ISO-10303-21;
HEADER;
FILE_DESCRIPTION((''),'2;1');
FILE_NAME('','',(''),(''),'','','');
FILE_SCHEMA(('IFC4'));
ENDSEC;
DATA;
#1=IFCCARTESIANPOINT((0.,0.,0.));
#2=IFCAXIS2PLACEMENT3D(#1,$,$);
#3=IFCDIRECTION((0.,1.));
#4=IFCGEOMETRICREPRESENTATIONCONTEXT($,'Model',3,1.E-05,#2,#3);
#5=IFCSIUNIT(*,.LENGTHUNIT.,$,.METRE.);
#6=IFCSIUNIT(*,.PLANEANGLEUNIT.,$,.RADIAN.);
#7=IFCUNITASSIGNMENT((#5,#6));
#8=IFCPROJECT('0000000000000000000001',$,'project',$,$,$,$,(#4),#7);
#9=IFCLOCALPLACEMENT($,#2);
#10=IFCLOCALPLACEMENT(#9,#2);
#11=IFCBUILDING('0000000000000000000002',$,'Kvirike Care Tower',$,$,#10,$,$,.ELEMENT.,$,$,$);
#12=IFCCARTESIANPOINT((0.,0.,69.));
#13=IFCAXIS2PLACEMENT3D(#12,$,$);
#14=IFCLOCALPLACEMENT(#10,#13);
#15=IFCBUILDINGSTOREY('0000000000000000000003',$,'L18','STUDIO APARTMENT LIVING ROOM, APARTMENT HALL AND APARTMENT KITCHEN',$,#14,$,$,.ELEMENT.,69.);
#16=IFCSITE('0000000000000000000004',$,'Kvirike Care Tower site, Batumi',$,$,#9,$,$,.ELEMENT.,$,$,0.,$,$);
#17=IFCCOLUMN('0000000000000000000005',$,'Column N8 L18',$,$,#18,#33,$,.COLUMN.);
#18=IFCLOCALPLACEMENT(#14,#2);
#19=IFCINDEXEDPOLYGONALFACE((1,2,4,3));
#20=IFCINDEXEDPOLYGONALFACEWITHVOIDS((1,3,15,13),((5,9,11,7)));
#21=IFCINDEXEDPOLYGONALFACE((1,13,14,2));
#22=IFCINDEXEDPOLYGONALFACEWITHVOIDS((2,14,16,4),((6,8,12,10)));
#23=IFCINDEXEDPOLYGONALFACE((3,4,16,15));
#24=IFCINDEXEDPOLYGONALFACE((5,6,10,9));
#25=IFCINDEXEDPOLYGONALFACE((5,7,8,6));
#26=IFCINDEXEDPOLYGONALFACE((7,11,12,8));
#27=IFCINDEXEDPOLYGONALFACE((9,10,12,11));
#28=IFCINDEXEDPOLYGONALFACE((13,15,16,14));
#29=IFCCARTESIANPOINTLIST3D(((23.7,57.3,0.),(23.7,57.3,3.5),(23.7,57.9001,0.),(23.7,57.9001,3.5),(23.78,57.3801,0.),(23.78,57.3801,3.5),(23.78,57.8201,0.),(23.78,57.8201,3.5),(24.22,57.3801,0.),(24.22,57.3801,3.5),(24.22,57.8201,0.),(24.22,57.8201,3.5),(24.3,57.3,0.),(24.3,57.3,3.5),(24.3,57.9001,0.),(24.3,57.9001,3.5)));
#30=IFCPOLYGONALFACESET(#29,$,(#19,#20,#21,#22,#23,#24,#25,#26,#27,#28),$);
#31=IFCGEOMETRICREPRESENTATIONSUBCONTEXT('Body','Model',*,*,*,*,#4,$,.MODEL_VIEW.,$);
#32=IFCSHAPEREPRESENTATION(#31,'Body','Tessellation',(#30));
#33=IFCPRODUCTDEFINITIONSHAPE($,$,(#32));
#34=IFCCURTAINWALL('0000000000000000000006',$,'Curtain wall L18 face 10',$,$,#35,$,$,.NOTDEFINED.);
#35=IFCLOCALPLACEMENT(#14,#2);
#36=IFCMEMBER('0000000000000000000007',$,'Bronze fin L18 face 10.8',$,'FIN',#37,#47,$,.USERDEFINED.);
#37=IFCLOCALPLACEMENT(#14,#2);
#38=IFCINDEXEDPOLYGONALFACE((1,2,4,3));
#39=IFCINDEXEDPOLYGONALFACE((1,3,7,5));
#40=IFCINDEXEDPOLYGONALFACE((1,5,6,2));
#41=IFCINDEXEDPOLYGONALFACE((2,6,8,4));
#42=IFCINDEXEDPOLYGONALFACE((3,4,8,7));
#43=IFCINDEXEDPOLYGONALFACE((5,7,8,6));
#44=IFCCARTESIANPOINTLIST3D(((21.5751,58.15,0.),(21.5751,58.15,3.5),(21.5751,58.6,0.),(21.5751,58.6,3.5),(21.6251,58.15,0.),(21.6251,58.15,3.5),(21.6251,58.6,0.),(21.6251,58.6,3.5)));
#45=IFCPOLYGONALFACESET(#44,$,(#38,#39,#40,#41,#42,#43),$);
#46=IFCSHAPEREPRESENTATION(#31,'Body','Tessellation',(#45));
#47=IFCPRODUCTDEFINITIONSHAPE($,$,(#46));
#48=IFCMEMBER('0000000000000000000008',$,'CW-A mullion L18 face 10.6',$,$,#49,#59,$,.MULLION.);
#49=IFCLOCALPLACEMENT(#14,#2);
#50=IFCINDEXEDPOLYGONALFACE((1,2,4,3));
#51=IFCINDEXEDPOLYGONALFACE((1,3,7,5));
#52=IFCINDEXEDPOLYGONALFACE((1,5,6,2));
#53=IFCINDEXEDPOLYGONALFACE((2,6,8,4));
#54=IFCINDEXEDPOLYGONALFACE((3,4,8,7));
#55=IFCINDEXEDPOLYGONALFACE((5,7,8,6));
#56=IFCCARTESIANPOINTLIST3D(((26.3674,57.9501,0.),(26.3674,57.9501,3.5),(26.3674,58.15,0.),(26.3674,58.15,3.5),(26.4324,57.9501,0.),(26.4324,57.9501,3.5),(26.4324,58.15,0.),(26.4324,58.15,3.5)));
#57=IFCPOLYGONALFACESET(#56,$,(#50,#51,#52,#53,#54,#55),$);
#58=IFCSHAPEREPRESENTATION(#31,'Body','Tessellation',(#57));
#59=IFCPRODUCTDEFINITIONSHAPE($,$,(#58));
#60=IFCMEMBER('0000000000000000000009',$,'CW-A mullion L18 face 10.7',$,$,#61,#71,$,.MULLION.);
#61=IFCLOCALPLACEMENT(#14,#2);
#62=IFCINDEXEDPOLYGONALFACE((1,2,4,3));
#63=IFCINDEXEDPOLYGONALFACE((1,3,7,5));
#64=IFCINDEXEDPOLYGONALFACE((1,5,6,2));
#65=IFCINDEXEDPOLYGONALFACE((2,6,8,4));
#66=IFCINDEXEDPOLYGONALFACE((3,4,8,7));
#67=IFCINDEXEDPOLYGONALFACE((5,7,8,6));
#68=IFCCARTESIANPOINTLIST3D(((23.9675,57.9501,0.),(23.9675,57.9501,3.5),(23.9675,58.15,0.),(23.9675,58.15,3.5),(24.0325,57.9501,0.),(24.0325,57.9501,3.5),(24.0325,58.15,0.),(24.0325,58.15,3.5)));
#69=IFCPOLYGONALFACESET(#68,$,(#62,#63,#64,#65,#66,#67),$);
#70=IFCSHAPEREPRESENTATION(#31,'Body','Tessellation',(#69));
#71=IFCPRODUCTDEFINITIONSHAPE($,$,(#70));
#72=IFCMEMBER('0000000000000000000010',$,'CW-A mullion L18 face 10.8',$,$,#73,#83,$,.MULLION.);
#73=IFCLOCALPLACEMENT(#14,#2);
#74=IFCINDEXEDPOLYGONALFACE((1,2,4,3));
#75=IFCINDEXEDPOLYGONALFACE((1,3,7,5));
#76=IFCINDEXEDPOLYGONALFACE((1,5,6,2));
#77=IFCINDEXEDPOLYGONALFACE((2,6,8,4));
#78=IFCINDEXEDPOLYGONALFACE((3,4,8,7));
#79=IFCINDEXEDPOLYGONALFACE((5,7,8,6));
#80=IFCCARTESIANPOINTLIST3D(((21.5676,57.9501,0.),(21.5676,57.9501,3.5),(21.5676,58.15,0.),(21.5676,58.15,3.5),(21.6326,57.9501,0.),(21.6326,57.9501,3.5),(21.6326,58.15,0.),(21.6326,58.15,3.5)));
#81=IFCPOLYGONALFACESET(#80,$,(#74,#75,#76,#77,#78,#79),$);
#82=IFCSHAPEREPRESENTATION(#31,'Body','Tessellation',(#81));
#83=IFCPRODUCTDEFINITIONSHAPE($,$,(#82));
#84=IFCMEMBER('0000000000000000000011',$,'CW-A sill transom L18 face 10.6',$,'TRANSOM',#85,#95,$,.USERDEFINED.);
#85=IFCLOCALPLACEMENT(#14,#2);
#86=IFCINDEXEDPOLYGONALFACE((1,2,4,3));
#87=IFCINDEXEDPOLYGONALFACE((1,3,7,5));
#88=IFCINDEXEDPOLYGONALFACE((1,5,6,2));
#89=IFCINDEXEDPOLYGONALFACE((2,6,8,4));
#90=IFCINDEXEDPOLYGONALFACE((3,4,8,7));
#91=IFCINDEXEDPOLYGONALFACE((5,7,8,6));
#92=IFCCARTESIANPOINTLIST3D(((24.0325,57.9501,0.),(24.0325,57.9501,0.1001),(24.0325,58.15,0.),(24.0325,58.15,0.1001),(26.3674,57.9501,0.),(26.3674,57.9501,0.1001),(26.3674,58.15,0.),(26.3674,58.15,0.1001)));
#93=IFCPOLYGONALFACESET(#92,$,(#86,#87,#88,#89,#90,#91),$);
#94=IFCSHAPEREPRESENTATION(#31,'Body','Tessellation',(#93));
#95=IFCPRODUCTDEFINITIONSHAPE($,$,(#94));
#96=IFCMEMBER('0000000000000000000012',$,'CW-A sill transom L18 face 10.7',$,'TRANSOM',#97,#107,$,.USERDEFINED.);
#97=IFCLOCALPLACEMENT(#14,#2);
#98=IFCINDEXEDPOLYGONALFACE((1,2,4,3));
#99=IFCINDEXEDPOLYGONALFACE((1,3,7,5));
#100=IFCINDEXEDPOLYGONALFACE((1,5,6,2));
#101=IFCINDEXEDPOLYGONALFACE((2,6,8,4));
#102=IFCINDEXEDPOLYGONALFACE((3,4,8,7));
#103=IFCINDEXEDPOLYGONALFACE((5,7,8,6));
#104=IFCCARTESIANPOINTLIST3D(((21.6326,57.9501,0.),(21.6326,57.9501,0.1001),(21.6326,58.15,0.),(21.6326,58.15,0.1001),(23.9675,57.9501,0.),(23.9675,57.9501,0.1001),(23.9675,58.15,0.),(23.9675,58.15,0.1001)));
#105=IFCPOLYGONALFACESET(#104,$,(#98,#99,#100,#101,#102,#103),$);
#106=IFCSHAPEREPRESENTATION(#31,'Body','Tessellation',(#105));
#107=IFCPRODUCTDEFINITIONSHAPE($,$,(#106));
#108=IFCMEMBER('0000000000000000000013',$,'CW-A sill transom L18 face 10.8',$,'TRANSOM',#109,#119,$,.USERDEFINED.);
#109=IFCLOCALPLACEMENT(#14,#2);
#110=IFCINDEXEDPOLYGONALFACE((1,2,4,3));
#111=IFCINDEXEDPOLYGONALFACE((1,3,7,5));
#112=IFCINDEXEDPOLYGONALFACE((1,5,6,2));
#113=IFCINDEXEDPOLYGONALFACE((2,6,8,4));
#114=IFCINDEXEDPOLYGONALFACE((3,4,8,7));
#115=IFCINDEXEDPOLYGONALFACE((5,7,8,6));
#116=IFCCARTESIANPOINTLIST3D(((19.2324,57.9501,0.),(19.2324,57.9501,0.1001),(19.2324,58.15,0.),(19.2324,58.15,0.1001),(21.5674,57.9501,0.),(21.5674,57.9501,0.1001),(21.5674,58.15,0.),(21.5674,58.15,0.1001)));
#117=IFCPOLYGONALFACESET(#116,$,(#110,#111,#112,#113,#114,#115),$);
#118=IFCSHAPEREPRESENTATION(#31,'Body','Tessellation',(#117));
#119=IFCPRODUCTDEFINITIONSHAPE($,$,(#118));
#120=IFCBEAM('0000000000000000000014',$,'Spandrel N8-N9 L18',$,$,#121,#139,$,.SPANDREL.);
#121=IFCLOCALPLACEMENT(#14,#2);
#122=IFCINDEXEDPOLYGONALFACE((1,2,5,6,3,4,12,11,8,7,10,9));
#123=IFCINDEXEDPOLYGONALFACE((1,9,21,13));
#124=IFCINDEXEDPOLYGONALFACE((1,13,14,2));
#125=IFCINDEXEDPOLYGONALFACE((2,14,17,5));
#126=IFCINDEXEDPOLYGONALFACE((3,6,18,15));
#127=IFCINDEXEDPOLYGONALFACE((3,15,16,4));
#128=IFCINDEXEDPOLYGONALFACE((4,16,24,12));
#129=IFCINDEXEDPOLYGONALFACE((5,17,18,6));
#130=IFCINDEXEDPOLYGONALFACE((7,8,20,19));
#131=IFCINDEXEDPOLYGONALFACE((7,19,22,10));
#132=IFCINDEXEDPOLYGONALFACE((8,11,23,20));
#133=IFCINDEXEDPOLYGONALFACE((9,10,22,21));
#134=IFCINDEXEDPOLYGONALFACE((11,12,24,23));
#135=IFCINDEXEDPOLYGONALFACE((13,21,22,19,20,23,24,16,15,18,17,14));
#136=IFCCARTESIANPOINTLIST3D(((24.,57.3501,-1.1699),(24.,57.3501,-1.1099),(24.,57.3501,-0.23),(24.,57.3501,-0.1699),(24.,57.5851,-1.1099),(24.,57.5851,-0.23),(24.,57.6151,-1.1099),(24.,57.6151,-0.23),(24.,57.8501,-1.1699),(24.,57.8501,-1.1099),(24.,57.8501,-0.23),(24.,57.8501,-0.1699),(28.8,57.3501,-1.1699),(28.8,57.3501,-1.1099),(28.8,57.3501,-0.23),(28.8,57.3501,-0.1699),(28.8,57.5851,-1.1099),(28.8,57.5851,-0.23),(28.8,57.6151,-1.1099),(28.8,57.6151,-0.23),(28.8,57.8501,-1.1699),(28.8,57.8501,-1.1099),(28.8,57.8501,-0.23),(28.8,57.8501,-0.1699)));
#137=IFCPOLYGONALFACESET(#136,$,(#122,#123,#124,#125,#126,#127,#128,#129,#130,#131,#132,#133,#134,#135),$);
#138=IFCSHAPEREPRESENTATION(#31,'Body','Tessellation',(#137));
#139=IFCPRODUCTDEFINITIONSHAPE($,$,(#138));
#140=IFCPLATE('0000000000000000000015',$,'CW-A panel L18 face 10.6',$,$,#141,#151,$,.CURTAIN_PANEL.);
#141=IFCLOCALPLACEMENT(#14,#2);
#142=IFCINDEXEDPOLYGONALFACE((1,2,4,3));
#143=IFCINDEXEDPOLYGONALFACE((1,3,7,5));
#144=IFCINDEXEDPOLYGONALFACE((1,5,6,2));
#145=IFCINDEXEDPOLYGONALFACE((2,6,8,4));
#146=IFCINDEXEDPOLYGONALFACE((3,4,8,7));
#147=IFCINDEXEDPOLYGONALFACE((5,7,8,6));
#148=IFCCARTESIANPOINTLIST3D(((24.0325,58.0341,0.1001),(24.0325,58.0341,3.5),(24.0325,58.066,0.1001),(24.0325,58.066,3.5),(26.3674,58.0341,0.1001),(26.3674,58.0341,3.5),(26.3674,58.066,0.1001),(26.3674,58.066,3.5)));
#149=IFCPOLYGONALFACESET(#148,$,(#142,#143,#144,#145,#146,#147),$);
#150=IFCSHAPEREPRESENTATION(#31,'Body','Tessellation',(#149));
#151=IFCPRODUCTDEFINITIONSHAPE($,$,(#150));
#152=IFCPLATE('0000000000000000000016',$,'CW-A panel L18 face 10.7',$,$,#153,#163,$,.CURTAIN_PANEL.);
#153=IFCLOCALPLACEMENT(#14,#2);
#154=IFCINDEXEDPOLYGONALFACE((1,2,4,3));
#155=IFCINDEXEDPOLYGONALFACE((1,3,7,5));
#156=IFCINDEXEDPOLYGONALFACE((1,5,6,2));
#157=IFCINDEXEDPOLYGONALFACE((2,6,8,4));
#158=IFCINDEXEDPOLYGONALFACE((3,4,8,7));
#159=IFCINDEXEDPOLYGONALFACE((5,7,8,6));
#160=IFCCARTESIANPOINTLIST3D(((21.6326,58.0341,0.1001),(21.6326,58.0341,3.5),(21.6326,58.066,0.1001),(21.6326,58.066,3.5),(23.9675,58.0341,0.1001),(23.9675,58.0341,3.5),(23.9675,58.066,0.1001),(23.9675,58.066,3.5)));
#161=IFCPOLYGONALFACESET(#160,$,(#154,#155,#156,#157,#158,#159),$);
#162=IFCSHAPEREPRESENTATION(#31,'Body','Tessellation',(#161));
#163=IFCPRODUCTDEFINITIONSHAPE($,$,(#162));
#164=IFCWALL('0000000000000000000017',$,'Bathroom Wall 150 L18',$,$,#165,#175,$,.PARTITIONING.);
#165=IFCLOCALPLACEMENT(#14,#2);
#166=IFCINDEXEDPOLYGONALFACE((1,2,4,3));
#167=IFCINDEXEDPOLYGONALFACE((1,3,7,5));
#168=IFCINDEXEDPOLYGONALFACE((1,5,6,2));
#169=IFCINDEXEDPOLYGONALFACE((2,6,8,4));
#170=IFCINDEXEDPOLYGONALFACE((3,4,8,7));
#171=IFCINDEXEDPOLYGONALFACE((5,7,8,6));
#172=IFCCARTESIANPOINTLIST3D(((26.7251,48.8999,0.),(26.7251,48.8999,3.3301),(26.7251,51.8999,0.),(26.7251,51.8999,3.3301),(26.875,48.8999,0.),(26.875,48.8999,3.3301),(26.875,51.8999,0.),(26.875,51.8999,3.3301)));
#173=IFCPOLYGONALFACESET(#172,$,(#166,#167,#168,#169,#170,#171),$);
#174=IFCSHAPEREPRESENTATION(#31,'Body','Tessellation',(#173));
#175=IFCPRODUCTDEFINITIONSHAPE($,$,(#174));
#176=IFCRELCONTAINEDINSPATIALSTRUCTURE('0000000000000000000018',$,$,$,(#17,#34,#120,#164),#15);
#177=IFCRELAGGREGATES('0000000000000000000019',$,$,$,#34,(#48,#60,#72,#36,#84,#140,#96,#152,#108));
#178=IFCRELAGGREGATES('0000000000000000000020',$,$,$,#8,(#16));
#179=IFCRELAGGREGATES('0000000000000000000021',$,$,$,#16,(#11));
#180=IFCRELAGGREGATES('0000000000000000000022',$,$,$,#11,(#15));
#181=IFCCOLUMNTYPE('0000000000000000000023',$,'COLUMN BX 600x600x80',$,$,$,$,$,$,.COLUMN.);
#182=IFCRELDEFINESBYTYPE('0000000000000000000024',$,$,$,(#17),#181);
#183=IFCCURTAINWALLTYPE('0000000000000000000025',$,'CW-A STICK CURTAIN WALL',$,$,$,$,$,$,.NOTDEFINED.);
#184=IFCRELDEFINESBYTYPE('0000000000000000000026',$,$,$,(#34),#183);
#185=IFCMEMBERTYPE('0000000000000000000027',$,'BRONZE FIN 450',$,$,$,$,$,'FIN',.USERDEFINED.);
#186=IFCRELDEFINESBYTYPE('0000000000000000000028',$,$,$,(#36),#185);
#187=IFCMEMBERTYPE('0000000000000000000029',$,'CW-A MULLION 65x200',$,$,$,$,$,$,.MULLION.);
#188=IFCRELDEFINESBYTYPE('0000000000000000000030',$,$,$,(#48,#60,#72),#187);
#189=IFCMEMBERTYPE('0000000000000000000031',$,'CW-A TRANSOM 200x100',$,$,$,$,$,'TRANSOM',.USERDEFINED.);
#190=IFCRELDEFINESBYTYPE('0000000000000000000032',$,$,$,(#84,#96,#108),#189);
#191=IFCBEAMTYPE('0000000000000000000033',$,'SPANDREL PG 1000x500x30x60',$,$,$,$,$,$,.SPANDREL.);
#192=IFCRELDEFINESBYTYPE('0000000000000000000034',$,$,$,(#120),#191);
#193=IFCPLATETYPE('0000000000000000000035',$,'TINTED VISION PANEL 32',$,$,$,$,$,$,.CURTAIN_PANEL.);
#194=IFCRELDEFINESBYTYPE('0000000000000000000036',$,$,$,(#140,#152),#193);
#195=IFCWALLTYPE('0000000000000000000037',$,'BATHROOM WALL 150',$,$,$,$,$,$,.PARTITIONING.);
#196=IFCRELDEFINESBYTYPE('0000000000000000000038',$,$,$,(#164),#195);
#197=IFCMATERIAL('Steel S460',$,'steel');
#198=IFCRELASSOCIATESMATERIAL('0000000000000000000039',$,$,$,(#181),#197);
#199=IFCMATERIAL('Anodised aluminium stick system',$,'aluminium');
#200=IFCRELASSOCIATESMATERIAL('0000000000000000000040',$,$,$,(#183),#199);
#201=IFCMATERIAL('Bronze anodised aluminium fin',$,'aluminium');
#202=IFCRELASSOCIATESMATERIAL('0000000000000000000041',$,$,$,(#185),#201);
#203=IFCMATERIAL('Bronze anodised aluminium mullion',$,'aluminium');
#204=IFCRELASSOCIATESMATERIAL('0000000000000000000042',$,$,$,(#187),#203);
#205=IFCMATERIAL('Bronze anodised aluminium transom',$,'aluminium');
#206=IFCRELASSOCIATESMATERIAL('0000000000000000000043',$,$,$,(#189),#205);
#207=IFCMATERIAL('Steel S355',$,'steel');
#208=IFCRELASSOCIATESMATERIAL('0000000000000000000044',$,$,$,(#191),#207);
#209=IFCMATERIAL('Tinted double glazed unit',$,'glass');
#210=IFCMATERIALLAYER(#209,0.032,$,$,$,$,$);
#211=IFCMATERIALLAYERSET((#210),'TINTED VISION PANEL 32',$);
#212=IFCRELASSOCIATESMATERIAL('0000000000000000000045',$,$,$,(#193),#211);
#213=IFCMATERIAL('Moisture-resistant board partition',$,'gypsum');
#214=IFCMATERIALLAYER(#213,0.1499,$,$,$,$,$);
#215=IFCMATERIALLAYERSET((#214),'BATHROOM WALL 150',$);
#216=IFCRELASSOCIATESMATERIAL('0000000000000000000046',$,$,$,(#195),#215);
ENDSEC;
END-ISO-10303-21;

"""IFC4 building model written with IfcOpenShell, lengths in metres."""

from ifc_helpers import new_model, si_unit, direction, frame, frame_2d, origin, origin_2d, place, context, subcontext, project, spatial, rectangle, hollow_rectangle, i_section, extrude, material, layer, layer_set, material_profile, profile_set, type_object, element, aggregate, save


model = new_model("IFC4")

# Units and contexts
model_context = context("Model", 3, precision=1e-05, world=origin(), true_north=direction((0.0, 1.0)))
body_context = subcontext(model_context, "Body", "Model", "MODEL_VIEW")
ifc_project = project(units=[si_unit("LENGTHUNIT", "METRE"), si_unit("PLANEANGLEUNIT", "RADIAN")], contexts=[model_context])

# Site, building, storey
site_placement = place(None, origin())
site = spatial("IfcSite", under=ifc_project, at=site_placement, Name="Kvirike Care Tower site, Batumi", CompositionType="ELEMENT", RefElevation=0.0)
building_placement = place(site_placement, origin())
building = spatial("IfcBuilding", under=site, at=building_placement, Name="Kvirike Care Tower", CompositionType="ELEMENT")
storey_placement = place(building_placement, frame((0.0, 0.0, 69.0)))
storey = spatial("IfcBuildingStorey", under=building, at=storey_placement, Name="L18", Description="STUDIO APARTMENT LIVING ROOM, APARTMENT HALL AND APARTMENT KITCHEN", CompositionType="ELEMENT", Elevation=69.0)

# Column
ifc_material_1 = material(Name="Steel S460", Category="steel")
ifc_material_profile_1 = material_profile(ifc_material_1, hollow_rectangle(XDim=0.6001, YDim=0.6001, WallThickness=0.0801, at=origin_2d()), Name="BX 600x600x80")
ifc_profile_set_1 = profile_set([ifc_material_profile_1], Name="Steel S460")
column_type = type_object("IfcColumnType", Name="COLUMN BX 600x600x80", PredefinedType="COLUMN", material=ifc_profile_set_1)
column_placement = place(storey_placement, frame((24.0, 57.6001, 0.0), z_axis=(0.0, 0.0, 1.0), x_axis=(0.0, 1.0, 0.0)))
element("IfcColumn", 1, at=column_placement, inside=storey, type_object=column_type, Name="Column N8 L18", PredefinedType="COLUMN", context=body_context, shape_type="SweptSolid", body=[
    extrude(hollow_rectangle(XDim=0.6001, YDim=0.6001, WallThickness=0.0801, at=origin_2d()), origin(), (0.0, 0.0, 1.0), 3.5),
])

# Curtain wall, members
ifc_material_2 = material(Name="Anodised aluminium stick system", Category="aluminium")
curtain_wall_type = type_object("IfcCurtainWallType", Name="CW-A STICK CURTAIN WALL", PredefinedType="NOTDEFINED", material=ifc_material_2)
curtain_wall_placement = place(storey_placement, origin())
curtain_wall = element("IfcCurtainWall", 2, at=curtain_wall_placement, inside=storey, type_object=curtain_wall_type, Name="Curtain wall L18 face 10", PredefinedType="NOTDEFINED")
ifc_material_3 = material(Name="Bronze anodised aluminium fin", Category="aluminium")
ifc_material_profile_2 = material_profile(ifc_material_3, rectangle(XDim=0.05, YDim=0.45, at=origin_2d()), Name="BRONZE FIN 450")
ifc_profile_set_2 = profile_set([ifc_material_profile_2], Name="Bronze anodised aluminium fin")
member_type_1 = type_object("IfcMemberType", Name="BRONZE FIN 450", ElementType="FIN", PredefinedType="USERDEFINED", material=ifc_profile_set_2)
member_1_placement = place(storey_placement, frame((21.6001, 58.375, 0.0), z_axis=(0.0, 0.0, 1.0), x_axis=(-1.0, 0.0, 0.0)))
member_1 = element("IfcMember", 3, at=member_1_placement, type_object=member_type_1, Name="Bronze fin L18 face 10.8", ObjectType="FIN", PredefinedType="USERDEFINED", context=body_context, shape_type="SweptSolid", body=[
    extrude(rectangle(XDim=0.05, YDim=0.45, at=origin_2d()), origin(), (0.0, 0.0, 1.0), 3.5),
])
ifc_material_4 = material(Name="Bronze anodised aluminium mullion", Category="aluminium")
ifc_material_profile_3 = material_profile(ifc_material_4, rectangle(XDim=0.0649, YDim=0.2, at=origin_2d()), Name="CW-A MULLION 65x200")
ifc_profile_set_3 = profile_set([ifc_material_profile_3], Name="Bronze anodised aluminium mullion")
member_type_2 = type_object("IfcMemberType", Name="CW-A MULLION 65x200", PredefinedType="MULLION", material=ifc_profile_set_3)
member_2_placement = place(storey_placement, frame((26.3999, 58.05, 0.0), z_axis=(0.0, 0.0, 1.0), x_axis=(-1.0, 0.0, 0.0)))
member_2 = element("IfcMember", 4, at=member_2_placement, type_object=member_type_2, Name="CW-A mullion L18 face 10.6", PredefinedType="MULLION", context=body_context, shape_type="SweptSolid", body=[
    extrude(rectangle(XDim=0.0649, YDim=0.2, at=origin_2d()), origin(), (0.0, 0.0, 1.0), 3.5),
])
member_3_placement = place(storey_placement, frame((24.0, 58.05, 0.0), z_axis=(0.0, 0.0, 1.0), x_axis=(-1.0, 0.0, 0.0)))
member_3 = element("IfcMember", 5, at=member_3_placement, type_object=member_type_2, Name="CW-A mullion L18 face 10.7", PredefinedType="MULLION", context=body_context, shape_type="SweptSolid", body=[
    extrude(rectangle(XDim=0.0649, YDim=0.2, at=origin_2d()), origin(), (0.0, 0.0, 1.0), 3.5),
])
member_4_placement = place(storey_placement, frame((21.6001, 58.05, 0.0), z_axis=(0.0, 0.0, 1.0), x_axis=(-1.0, 0.0, 0.0)))
member_4 = element("IfcMember", 6, at=member_4_placement, type_object=member_type_2, Name="CW-A mullion L18 face 10.8", PredefinedType="MULLION", context=body_context, shape_type="SweptSolid", body=[
    extrude(rectangle(XDim=0.0649, YDim=0.2, at=origin_2d()), origin(), (0.0, 0.0, 1.0), 3.5),
])
ifc_material_5 = material(Name="Bronze anodised aluminium transom", Category="aluminium")
ifc_material_profile_4 = material_profile(ifc_material_5, rectangle(XDim=0.2, YDim=0.1001, at=origin_2d()), Name="CW-A TRANSOM 200x100")
ifc_profile_set_4 = profile_set([ifc_material_profile_4], Name="Bronze anodised aluminium transom")
member_type_3 = type_object("IfcMemberType", Name="CW-A TRANSOM 200x100", ElementType="TRANSOM", PredefinedType="USERDEFINED", material=ifc_profile_set_4)
member_5_placement = place(storey_placement, frame((26.3674, 58.05, 0.05), z_axis=(-1.0, 0.0, 0.0), x_axis=(0.0, -1.0, 0.0)))
member_5 = element("IfcMember", 7, at=member_5_placement, type_object=member_type_3, Name="CW-A sill transom L18 face 10.6", ObjectType="TRANSOM", PredefinedType="USERDEFINED", context=body_context, shape_type="SweptSolid", body=[
    extrude(rectangle(XDim=0.2, YDim=0.1001, at=origin_2d()), origin(), (0.0, 0.0, 1.0), 2.335),
])
member_6_placement = place(storey_placement, frame((23.9675, 58.05, 0.05), z_axis=(-1.0, 0.0, 0.0), x_axis=(0.0, -1.0, 0.0)))
member_6 = element("IfcMember", 8, at=member_6_placement, type_object=member_type_3, Name="CW-A sill transom L18 face 10.7", ObjectType="TRANSOM", PredefinedType="USERDEFINED", context=body_context, shape_type="SweptSolid", body=[
    extrude(rectangle(XDim=0.2, YDim=0.1001, at=origin_2d()), origin(), (0.0, 0.0, 1.0), 2.335),
])
member_7_placement = place(storey_placement, frame((21.5674, 58.05, 0.05), z_axis=(-1.0, 0.0, 0.0), x_axis=(0.0, -1.0, 0.0)))
member_7 = element("IfcMember", 9, at=member_7_placement, type_object=member_type_3, Name="CW-A sill transom L18 face 10.8", ObjectType="TRANSOM", PredefinedType="USERDEFINED", context=body_context, shape_type="SweptSolid", body=[
    extrude(rectangle(XDim=0.2, YDim=0.1001, at=origin_2d()), origin(), (0.0, 0.0, 1.0), 2.335),
])

# Beam
ifc_material_6 = material(Name="Steel S355", Category="steel")
ifc_material_profile_5 = material_profile(ifc_material_6, i_section(OverallWidth=0.5, OverallDepth=1.0, WebThickness=0.03, FlangeThickness=0.0601, at=origin_2d()), Name="PG 1000x500x30x60")
ifc_profile_set_5 = profile_set([ifc_material_profile_5], Name="Steel S355")
beam_type = type_object("IfcBeamType", Name="SPANDREL PG 1000x500x30x60", PredefinedType="SPANDREL", material=ifc_profile_set_5)
beam_placement = place(storey_placement, frame((24.0, 57.6001, -0.6699), z_axis=(1.0, 0.0, 0.0), x_axis=(0.0, 1.0, 0.0)))
element("IfcBeam", 10, at=beam_placement, inside=storey, type_object=beam_type, Name="Spandrel N8-N9 L18", PredefinedType="SPANDREL", context=body_context, shape_type="SweptSolid", body=[
    extrude(i_section(OverallWidth=0.5, OverallDepth=1.0, WebThickness=0.03, FlangeThickness=0.0601, at=origin_2d()), origin(), (0.0, 0.0, 1.0), 4.8),
])

# Plates
ifc_material_7 = material(Name="Tinted double glazed unit", Category="glass")
ifc_layer_1 = layer(ifc_material_7, 0.032)
ifc_layer_set_1 = layer_set([ifc_layer_1], Name="TINTED VISION PANEL 32")
plate_type = type_object("IfcPlateType", Name="TINTED VISION PANEL 32", PredefinedType="CURTAIN_PANEL", material=ifc_layer_set_1)
plate_1_placement = place(storey_placement, frame((25.2, 58.05, 0.1001), z_axis=(0.0, 0.0, 1.0), x_axis=(-1.0, 0.0, 0.0)))
plate_1 = element("IfcPlate", 11, at=plate_1_placement, type_object=plate_type, Name="CW-A panel L18 face 10.6", PredefinedType="CURTAIN_PANEL", context=body_context, shape_type="SweptSolid", body=[
    extrude(rectangle(XDim=2.335, YDim=0.032, at=origin_2d()), origin(), (0.0, 0.0, 1.0), 3.3999),
])
plate_2_placement = place(storey_placement, frame((22.8, 58.05, 0.1001), z_axis=(0.0, 0.0, 1.0), x_axis=(-1.0, 0.0, 0.0)))
plate_2 = element("IfcPlate", 12, at=plate_2_placement, type_object=plate_type, Name="CW-A panel L18 face 10.7", PredefinedType="CURTAIN_PANEL", context=body_context, shape_type="SweptSolid", body=[
    extrude(rectangle(XDim=2.335, YDim=0.032, at=origin_2d()), origin(), (0.0, 0.0, 1.0), 3.3999),
])
aggregate(curtain_wall, [member_2, member_3, member_4, member_1, member_5, plate_1, member_6, plate_2, member_7])

# Wall
ifc_material_8 = material(Name="Moisture-resistant board partition", Category="gypsum")
ifc_layer_2 = layer(ifc_material_8, 0.1499)
ifc_layer_set_2 = layer_set([ifc_layer_2], Name="BATHROOM WALL 150")
wall_type_1 = type_object("IfcWallType", Name="BATHROOM WALL 150", PredefinedType="PARTITIONING", material=ifc_layer_set_2)
for number, where, z_axis, x_axis, name in (
    (13, (26.8, 51.8999, 0.0), (0.0, 0.0, 1.0), (0.0, -1.0, 0.0), "Bathroom Wall 150 L18"),
):
    element("IfcWall", number, at=place(storey_placement, frame(where, z_axis=z_axis, x_axis=x_axis)), inside=storey, type_object=wall_type_1, Name=name, PredefinedType="PARTITIONING", context=body_context, shape_type="SweptSolid", body=[
        extrude(rectangle(XDim=3.0, YDim=0.1499, at=frame_2d((1.5, 0.0))), origin(), (0.0, 0.0, 1.0), 3.3301),
    ])

save(model, "model.ifc")
